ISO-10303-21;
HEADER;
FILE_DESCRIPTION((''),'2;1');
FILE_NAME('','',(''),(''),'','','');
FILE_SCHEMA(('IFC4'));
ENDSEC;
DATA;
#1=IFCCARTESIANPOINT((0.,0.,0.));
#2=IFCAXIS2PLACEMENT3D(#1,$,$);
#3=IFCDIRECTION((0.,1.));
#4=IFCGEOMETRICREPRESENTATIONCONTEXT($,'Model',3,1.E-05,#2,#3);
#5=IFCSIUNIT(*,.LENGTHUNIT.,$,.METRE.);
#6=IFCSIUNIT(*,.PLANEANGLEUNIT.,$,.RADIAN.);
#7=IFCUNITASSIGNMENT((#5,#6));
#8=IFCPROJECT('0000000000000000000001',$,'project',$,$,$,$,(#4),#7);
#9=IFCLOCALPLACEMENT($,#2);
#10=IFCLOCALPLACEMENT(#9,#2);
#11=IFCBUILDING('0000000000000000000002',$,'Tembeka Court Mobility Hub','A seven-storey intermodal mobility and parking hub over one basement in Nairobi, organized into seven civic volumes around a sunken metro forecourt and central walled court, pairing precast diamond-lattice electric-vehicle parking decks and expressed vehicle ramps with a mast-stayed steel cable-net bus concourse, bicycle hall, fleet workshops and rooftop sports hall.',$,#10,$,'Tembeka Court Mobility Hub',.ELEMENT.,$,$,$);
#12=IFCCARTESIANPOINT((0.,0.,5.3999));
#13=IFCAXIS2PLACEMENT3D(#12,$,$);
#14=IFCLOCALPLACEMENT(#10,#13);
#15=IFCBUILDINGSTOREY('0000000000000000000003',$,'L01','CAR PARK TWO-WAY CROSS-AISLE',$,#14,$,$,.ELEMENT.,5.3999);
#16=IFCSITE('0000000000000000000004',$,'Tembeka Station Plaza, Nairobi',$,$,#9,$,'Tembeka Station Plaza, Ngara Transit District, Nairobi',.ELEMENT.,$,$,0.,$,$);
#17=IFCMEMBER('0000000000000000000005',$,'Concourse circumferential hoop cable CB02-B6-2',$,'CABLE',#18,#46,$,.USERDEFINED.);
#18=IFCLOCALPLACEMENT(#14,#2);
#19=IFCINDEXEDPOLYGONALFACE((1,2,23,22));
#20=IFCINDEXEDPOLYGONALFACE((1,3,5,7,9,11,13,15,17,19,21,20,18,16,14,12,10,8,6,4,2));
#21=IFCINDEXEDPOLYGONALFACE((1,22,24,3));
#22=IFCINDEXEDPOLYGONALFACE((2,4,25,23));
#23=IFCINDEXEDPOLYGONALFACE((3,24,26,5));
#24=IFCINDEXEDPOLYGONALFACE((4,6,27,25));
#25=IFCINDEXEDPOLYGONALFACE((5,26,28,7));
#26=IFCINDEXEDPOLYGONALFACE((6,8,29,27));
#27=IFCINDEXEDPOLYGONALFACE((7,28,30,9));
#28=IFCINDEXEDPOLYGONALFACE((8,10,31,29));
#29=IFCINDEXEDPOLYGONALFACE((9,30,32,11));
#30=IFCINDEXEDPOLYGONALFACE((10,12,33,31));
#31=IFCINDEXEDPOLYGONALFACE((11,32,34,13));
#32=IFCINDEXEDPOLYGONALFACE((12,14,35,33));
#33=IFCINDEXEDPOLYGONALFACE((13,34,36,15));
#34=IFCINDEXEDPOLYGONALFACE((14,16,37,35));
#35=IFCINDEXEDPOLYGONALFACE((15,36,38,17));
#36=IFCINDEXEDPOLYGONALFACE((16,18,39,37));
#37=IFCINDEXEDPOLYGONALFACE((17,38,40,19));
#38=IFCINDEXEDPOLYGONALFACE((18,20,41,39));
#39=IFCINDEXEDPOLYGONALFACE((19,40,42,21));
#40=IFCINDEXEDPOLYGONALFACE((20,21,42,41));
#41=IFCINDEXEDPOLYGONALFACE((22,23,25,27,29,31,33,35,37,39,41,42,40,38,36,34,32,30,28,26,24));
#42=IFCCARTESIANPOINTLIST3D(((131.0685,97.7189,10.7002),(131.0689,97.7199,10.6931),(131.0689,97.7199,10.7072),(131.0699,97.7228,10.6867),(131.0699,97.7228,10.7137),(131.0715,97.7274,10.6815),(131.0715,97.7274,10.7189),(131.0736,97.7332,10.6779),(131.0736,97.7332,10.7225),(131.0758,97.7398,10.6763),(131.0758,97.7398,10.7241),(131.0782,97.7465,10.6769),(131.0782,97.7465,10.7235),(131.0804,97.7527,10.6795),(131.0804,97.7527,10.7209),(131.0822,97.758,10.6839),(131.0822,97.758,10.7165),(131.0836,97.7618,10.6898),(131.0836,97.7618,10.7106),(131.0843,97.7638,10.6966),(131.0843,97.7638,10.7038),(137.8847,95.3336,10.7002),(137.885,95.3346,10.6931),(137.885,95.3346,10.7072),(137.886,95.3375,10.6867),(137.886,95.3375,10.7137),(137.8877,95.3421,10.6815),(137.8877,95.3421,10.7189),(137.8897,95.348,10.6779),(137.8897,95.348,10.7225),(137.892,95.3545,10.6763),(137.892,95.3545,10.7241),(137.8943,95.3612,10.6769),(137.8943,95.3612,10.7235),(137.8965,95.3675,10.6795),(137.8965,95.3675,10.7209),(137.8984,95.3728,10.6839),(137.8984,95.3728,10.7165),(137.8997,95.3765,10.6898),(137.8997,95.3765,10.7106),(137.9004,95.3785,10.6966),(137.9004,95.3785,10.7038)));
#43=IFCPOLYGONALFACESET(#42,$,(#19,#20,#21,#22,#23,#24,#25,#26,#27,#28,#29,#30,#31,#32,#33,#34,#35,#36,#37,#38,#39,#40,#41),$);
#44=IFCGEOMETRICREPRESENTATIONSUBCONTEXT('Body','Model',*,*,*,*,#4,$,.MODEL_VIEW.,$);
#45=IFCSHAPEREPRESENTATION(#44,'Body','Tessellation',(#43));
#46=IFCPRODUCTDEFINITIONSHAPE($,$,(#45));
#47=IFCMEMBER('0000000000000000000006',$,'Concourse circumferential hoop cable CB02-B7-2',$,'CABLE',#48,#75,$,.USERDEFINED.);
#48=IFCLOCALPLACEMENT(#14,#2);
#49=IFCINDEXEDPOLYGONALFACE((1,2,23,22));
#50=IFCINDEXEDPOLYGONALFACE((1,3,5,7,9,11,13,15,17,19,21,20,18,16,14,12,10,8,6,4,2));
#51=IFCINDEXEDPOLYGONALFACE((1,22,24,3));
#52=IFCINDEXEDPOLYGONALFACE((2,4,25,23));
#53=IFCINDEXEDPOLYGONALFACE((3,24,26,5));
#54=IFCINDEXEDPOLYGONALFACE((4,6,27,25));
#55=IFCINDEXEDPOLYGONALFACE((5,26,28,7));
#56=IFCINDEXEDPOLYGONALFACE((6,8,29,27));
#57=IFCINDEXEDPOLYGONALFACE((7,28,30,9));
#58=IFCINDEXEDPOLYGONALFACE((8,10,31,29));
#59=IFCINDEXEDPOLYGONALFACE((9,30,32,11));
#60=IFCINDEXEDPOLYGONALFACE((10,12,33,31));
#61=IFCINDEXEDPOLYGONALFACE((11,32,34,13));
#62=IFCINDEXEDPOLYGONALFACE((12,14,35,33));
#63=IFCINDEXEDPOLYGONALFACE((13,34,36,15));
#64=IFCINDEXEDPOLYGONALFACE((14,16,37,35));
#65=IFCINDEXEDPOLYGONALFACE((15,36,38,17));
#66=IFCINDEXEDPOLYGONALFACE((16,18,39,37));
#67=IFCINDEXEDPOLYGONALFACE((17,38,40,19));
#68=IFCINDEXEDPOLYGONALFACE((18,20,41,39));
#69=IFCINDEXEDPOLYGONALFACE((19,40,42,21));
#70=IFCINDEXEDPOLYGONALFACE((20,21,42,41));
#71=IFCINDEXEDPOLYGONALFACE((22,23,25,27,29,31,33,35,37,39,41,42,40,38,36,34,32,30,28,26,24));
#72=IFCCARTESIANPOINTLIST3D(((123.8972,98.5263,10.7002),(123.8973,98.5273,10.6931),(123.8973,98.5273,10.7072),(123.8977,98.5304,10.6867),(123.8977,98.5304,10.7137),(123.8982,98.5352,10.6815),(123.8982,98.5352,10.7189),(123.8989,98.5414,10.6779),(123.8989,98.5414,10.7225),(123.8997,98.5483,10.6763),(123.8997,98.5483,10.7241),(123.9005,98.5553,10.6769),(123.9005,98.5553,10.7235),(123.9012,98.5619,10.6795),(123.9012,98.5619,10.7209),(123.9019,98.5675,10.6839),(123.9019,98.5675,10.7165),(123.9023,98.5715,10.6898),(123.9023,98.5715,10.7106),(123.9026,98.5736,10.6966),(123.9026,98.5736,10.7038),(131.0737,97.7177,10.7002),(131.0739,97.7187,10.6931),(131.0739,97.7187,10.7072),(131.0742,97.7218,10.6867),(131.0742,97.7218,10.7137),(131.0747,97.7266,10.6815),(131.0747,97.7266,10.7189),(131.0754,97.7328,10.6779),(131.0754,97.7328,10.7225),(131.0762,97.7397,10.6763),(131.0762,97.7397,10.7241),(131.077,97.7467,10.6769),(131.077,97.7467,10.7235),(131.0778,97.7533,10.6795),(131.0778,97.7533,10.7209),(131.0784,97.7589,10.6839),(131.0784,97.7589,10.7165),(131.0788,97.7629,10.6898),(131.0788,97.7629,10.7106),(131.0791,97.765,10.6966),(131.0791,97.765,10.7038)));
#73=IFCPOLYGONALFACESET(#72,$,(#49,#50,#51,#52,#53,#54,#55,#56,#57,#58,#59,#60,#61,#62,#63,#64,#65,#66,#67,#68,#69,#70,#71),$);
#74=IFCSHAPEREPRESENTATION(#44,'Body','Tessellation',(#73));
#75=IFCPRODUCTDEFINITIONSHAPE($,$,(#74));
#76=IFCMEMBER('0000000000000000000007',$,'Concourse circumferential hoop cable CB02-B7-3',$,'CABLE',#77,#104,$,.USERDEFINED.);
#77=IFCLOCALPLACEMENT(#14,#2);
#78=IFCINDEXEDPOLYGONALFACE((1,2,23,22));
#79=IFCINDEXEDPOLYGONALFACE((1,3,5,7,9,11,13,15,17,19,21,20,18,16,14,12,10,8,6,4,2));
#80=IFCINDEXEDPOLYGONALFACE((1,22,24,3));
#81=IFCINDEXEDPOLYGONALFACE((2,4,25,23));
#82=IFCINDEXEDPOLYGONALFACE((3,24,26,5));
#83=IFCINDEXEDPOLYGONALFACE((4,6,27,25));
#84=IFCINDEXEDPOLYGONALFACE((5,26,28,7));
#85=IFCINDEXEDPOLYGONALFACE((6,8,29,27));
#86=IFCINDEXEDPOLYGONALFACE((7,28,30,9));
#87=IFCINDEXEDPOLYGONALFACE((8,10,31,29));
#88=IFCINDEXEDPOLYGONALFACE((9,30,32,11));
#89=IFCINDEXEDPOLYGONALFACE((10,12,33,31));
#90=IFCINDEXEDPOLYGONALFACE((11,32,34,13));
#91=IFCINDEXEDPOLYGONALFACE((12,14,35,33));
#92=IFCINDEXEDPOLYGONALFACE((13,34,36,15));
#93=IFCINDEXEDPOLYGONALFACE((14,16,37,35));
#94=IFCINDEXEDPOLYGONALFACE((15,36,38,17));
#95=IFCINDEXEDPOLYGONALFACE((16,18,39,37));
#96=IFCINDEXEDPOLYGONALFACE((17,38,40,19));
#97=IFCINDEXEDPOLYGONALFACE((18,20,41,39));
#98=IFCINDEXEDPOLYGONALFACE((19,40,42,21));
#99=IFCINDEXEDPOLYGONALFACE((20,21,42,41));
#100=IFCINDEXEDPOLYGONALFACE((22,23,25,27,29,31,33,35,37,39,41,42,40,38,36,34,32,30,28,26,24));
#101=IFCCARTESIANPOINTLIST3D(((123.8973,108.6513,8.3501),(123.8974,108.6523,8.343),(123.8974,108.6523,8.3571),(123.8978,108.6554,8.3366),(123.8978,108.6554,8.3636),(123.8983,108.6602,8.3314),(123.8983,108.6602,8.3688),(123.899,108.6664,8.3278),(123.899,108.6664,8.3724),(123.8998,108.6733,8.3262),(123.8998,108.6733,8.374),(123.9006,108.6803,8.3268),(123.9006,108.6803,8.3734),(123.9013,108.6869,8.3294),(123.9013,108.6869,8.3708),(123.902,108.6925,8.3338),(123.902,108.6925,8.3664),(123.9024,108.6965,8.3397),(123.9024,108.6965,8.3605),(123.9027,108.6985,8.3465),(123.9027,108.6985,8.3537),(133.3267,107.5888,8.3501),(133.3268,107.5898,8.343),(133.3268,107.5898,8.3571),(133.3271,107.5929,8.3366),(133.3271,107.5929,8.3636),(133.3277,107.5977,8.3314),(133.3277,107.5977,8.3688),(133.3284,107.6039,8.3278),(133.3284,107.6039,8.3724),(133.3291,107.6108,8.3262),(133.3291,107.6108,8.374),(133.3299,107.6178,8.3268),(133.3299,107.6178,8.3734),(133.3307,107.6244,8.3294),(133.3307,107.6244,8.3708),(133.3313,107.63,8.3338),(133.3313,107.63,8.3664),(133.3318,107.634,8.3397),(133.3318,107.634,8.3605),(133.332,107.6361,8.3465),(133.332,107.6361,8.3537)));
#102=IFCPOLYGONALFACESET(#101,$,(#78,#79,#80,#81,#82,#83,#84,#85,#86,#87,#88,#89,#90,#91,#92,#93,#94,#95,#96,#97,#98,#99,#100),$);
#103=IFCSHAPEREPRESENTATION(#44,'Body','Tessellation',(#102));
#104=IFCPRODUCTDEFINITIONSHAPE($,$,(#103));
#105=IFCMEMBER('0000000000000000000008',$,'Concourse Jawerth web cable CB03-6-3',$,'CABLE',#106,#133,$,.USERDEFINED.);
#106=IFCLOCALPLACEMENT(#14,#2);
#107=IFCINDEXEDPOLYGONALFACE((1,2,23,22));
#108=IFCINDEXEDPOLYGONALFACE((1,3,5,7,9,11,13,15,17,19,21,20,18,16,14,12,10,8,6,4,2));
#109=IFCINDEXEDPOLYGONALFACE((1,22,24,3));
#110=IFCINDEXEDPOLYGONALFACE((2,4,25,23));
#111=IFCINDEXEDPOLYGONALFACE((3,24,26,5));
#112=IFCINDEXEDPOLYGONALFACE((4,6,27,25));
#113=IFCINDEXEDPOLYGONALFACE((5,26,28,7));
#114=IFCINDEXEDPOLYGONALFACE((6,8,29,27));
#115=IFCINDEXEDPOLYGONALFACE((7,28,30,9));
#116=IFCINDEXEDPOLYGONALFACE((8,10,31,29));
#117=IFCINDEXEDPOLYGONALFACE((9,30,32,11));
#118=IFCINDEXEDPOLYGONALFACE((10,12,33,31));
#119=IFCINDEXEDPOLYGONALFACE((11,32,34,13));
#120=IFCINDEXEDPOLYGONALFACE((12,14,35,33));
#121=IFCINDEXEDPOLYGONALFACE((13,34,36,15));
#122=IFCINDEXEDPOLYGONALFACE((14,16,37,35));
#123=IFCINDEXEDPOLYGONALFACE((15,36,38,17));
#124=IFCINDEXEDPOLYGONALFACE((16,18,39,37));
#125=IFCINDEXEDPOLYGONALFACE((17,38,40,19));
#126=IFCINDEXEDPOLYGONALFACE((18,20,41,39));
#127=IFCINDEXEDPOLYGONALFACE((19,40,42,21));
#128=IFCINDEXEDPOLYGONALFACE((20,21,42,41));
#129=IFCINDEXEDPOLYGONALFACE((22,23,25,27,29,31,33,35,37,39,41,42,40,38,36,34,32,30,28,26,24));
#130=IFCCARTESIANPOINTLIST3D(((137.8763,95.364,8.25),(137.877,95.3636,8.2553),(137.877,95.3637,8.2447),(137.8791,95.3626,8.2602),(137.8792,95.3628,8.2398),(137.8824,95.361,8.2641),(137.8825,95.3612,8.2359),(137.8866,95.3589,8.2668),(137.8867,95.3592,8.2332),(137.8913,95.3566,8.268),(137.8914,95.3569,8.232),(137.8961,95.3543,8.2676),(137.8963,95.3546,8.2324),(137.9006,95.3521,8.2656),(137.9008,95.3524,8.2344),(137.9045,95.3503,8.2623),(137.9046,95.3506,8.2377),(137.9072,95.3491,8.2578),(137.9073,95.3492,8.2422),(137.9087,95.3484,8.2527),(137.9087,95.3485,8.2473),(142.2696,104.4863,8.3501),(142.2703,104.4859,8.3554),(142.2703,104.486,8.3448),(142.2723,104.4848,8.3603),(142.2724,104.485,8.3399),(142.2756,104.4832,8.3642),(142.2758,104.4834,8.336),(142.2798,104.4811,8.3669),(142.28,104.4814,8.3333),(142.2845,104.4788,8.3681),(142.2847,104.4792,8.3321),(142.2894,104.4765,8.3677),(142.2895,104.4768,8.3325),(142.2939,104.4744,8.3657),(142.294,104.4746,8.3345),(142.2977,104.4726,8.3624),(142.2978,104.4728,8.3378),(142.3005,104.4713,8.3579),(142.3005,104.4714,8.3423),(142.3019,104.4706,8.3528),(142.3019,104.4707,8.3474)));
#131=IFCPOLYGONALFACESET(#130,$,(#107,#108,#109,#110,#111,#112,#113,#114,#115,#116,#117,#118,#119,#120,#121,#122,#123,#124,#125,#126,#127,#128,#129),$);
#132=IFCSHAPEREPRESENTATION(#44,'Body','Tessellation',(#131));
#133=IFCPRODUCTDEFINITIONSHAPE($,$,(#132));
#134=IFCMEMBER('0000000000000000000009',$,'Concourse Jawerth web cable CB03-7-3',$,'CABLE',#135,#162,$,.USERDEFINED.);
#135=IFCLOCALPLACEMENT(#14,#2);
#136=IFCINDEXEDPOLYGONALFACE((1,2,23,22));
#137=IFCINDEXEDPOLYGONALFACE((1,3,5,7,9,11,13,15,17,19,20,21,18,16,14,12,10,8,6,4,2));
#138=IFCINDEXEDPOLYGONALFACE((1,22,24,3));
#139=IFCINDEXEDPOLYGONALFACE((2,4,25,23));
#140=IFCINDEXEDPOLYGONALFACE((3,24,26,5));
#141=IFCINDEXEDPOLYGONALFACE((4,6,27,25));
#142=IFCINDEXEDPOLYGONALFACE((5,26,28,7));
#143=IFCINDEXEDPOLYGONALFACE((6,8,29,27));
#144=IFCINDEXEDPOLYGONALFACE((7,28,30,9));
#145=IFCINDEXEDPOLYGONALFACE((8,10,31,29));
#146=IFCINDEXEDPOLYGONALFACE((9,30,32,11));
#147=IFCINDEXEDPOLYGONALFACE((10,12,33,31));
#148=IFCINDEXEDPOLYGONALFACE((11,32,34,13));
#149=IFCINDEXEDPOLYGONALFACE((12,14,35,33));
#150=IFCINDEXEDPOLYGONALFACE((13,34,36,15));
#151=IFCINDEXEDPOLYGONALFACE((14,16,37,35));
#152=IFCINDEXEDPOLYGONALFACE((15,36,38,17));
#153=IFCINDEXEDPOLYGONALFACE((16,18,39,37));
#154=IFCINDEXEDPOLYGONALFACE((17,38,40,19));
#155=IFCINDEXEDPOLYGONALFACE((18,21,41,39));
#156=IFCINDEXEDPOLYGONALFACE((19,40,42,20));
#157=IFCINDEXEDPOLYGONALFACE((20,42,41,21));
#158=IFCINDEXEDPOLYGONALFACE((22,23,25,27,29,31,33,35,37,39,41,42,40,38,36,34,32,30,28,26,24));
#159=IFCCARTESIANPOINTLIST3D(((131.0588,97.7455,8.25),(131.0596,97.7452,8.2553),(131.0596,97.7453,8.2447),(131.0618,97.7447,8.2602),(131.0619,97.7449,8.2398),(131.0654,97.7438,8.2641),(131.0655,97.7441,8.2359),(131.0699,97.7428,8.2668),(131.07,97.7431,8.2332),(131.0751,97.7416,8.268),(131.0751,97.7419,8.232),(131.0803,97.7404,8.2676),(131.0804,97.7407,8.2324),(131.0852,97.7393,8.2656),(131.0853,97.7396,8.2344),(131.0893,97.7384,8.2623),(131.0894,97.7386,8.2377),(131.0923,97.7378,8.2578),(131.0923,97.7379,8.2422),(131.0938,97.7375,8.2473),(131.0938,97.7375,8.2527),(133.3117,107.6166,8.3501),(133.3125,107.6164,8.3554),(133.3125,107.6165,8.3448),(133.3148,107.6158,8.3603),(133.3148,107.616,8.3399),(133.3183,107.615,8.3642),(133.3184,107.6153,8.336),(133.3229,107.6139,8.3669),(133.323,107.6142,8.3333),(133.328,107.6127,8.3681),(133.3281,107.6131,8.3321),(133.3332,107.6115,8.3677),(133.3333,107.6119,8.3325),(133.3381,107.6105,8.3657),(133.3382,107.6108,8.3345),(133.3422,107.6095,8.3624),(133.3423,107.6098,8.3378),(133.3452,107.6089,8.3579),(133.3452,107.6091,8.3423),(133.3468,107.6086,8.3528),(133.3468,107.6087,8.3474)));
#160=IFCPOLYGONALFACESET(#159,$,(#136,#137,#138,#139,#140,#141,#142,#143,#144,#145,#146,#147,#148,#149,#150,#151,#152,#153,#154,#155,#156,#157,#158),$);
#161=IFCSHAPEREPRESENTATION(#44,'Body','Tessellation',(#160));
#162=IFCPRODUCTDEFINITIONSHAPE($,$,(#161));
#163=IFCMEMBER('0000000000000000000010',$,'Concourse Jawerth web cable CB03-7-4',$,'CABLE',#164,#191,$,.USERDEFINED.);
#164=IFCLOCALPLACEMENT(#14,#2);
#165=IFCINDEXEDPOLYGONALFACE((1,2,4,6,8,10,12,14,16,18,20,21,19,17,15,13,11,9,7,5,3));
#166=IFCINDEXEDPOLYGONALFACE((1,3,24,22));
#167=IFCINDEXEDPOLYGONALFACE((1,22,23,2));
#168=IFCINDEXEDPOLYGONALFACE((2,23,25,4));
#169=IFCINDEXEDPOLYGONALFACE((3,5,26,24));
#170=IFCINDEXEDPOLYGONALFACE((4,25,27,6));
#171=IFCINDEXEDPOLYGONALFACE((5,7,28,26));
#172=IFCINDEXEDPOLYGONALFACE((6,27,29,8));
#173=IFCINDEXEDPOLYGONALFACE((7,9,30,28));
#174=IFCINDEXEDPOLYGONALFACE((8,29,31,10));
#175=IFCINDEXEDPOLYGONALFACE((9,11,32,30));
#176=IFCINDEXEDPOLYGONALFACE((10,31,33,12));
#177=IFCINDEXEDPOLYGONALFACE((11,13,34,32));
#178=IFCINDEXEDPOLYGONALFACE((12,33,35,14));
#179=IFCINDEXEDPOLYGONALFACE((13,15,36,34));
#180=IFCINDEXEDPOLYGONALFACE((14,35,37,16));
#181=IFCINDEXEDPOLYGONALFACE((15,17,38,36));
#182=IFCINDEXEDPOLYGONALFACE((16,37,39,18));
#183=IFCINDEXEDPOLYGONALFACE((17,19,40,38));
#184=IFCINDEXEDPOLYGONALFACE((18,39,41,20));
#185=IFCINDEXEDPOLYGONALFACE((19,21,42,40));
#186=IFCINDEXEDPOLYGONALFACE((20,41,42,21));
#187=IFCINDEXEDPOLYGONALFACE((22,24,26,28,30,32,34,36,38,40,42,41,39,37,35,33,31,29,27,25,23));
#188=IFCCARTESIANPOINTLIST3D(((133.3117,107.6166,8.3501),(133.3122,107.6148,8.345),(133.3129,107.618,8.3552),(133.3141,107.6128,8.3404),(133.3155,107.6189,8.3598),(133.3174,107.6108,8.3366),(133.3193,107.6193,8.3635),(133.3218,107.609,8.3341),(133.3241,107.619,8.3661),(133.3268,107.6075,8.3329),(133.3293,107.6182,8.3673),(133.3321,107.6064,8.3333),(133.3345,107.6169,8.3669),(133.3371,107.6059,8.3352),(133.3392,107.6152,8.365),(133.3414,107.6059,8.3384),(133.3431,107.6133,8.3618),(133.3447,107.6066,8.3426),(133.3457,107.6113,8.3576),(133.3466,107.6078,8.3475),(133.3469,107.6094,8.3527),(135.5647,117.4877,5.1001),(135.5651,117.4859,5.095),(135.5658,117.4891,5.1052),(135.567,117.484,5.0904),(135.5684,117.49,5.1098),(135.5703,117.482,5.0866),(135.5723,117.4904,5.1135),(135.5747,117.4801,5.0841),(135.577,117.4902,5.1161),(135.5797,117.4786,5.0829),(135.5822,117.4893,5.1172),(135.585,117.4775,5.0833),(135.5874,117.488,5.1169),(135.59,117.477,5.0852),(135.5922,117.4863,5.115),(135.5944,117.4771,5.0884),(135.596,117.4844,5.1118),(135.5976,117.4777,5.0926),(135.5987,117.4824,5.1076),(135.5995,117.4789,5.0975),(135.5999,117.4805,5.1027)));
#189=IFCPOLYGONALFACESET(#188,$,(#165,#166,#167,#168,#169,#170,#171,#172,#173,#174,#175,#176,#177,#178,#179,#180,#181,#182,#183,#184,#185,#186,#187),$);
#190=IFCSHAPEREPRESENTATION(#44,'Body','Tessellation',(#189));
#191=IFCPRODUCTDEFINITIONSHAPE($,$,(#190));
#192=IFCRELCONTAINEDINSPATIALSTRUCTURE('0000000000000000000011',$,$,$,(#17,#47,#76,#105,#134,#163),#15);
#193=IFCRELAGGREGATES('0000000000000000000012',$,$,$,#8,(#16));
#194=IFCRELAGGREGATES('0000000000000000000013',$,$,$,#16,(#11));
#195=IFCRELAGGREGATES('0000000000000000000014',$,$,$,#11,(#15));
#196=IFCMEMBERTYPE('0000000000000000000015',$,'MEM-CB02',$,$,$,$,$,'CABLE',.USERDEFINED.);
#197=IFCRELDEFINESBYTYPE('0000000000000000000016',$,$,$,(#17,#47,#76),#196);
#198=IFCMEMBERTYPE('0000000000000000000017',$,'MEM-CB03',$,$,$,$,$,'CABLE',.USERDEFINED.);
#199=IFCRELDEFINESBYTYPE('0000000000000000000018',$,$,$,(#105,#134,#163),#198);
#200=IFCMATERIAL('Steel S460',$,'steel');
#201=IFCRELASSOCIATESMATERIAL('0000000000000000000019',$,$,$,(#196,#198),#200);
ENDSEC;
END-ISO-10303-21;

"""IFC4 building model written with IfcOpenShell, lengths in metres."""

from ifc_helpers import new_model, si_unit, direction, frame, origin, origin_2d, place, context, subcontext, project, spatial, circle, extrude, material, material_profile, profile_set, type_object, element, save


model = new_model("IFC4")

# Units and contexts
model_context = context("Model", 3, precision=1e-05, world=origin(), true_north=direction((0.0, 1.0)))
body_context = subcontext(model_context, "Body", "Model", "MODEL_VIEW")
ifc_project = project(units=[si_unit("LENGTHUNIT", "METRE"), si_unit("PLANEANGLEUNIT", "RADIAN")], contexts=[model_context])

# Site, building, storey
site_placement = place(None, origin())
site = spatial("IfcSite", under=ifc_project, at=site_placement, Name="Tembeka Station Plaza, Nairobi", LongName="Tembeka Station Plaza, Ngara Transit District, Nairobi", CompositionType="ELEMENT", RefElevation=0.0)
building_placement = place(site_placement, origin())
building = spatial("IfcBuilding", under=site, at=building_placement, Name="Tembeka Court Mobility Hub", Description="A seven-storey intermodal mobility and parking hub over one basement in Nairobi, organized into seven civic volumes around a sunken metro forecourt and central walled court, pairing precast diamond-lattice electric-vehicle parking decks and expressed vehicle ramps with a mast-stayed steel cable-net bus concourse, bicycle hall, fleet workshops and rooftop sports hall.", LongName="Tembeka Court Mobility Hub", CompositionType="ELEMENT")
storey_placement = place(building_placement, frame((0.0, 0.0, 5.3999)))
storey = spatial("IfcBuildingStorey", under=building, at=storey_placement, Name="L01", Description="CAR PARK TWO-WAY CROSS-AISLE", CompositionType="ELEMENT", Elevation=5.3999)

# Members
ifc_material_1 = material(Name="Steel S460", Category="steel")
ifc_material_profile_1 = material_profile(ifc_material_1, circle(Radius=0.0239, at=origin_2d()), Name="CABLE D48")
ifc_profile_set_1 = profile_set([ifc_material_profile_1], Name="Steel S460")
member_type_1 = type_object("IfcMemberType", Name="MEM-CB02", ElementType="CABLE", PredefinedType="USERDEFINED", material=ifc_profile_set_1)
member_1_placement = place(storey_placement, frame((137.8926, 95.3562, 10.7002), z_axis=(-0.943876, 0.330301, 0.0), x_axis=(-0.330301, -0.943876, 0.0)))
element("IfcMember", 1, at=member_1_placement, inside=storey, type_object=member_type_1, Name="Concourse circumferential hoop cable CB02-B6-2", ObjectType="CABLE", PredefinedType="USERDEFINED", context=body_context, shape_type="SweptSolid", body=[
    extrude(circle(Radius=0.0239, at=origin_2d()), origin(), (0.0, 0.0, 1.0), 7.2214),
])
member_2_placement = place(storey_placement, frame((131.0764, 97.7415, 10.7002), z_axis=(-0.993712, 0.111964, 0.0), x_axis=(-0.111964, -0.993712, 0.0)))
element("IfcMember", 2, at=member_2_placement, inside=storey, type_object=member_type_1, Name="Concourse circumferential hoop cable CB02-B7-2", ObjectType="CABLE", PredefinedType="USERDEFINED", context=body_context, shape_type="SweptSolid", body=[
    extrude(circle(Radius=0.0239, at=origin_2d()), origin(), (0.0, 0.0, 1.0), 7.2219),
])
member_3_placement = place(storey_placement, frame((133.3293, 107.6125, 8.3501), z_axis=(-0.993712, 0.11197, 0.0), x_axis=(-0.11197, -0.993712, 0.0)))
element("IfcMember", 3, at=member_3_placement, inside=storey, type_object=member_type_1, Name="Concourse circumferential hoop cable CB02-B7-3", ObjectType="CABLE", PredefinedType="USERDEFINED", context=body_context, shape_type="SweptSolid", body=[
    extrude(circle(Radius=0.0239, at=origin_2d()), origin(), (0.0, 0.0, 1.0), 9.489),
])
ifc_material_profile_2 = material_profile(ifc_material_1, circle(Radius=0.0181, at=origin_2d()), Name="CABLE D36")
ifc_profile_set_2 = profile_set([ifc_material_profile_2], Name="Steel S460")
member_type_2 = type_object("IfcMemberType", Name="MEM-CB03", ElementType="CABLE", PredefinedType="USERDEFINED", material=ifc_profile_set_2)
for number, where, z_axis, x_axis, name in (
    (4, (137.8926, 95.3562, 8.25), (0.433881, 0.900916, 0.009886), (-0.90096, 0.433903, 0.0), "Concourse Jawerth web cable CB03-6-3"),
    (5, (131.0764, 97.7415, 8.25), (0.222502, 0.974882, 0.009886), (-0.97493, 0.222513, 0.0), "Concourse Jawerth web cable CB03-7-3"),
):
    element("IfcMember", number, at=place(storey_placement, frame(where, z_axis=z_axis, x_axis=x_axis)), inside=storey, type_object=member_type_2, Name=name, ObjectType="CABLE", PredefinedType="USERDEFINED", context=body_context, shape_type="SweptSolid", body=[
        extrude(circle(Radius=0.0181, at=origin_2d()), origin(), (0.0, 0.0, 1.0), 10.1255),
    ])
member_4_placement = place(storey_placement, frame((133.3293, 107.6125, 8.3501), z_axis=(0.211866, 0.928279, -0.305631), x_axis=(-0.97493, 0.222513, 0.0)))
element("IfcMember", 6, at=member_4_placement, inside=storey, type_object=member_type_2, Name="Concourse Jawerth web cable CB03-7-4", ObjectType="CABLE", PredefinedType="USERDEFINED", context=body_context, shape_type="SweptSolid", body=[
    extrude(circle(Radius=0.0181, at=origin_2d()), origin(), (0.0, 0.0, 1.0), 10.6338),
])

save(model, "model.ifc")
